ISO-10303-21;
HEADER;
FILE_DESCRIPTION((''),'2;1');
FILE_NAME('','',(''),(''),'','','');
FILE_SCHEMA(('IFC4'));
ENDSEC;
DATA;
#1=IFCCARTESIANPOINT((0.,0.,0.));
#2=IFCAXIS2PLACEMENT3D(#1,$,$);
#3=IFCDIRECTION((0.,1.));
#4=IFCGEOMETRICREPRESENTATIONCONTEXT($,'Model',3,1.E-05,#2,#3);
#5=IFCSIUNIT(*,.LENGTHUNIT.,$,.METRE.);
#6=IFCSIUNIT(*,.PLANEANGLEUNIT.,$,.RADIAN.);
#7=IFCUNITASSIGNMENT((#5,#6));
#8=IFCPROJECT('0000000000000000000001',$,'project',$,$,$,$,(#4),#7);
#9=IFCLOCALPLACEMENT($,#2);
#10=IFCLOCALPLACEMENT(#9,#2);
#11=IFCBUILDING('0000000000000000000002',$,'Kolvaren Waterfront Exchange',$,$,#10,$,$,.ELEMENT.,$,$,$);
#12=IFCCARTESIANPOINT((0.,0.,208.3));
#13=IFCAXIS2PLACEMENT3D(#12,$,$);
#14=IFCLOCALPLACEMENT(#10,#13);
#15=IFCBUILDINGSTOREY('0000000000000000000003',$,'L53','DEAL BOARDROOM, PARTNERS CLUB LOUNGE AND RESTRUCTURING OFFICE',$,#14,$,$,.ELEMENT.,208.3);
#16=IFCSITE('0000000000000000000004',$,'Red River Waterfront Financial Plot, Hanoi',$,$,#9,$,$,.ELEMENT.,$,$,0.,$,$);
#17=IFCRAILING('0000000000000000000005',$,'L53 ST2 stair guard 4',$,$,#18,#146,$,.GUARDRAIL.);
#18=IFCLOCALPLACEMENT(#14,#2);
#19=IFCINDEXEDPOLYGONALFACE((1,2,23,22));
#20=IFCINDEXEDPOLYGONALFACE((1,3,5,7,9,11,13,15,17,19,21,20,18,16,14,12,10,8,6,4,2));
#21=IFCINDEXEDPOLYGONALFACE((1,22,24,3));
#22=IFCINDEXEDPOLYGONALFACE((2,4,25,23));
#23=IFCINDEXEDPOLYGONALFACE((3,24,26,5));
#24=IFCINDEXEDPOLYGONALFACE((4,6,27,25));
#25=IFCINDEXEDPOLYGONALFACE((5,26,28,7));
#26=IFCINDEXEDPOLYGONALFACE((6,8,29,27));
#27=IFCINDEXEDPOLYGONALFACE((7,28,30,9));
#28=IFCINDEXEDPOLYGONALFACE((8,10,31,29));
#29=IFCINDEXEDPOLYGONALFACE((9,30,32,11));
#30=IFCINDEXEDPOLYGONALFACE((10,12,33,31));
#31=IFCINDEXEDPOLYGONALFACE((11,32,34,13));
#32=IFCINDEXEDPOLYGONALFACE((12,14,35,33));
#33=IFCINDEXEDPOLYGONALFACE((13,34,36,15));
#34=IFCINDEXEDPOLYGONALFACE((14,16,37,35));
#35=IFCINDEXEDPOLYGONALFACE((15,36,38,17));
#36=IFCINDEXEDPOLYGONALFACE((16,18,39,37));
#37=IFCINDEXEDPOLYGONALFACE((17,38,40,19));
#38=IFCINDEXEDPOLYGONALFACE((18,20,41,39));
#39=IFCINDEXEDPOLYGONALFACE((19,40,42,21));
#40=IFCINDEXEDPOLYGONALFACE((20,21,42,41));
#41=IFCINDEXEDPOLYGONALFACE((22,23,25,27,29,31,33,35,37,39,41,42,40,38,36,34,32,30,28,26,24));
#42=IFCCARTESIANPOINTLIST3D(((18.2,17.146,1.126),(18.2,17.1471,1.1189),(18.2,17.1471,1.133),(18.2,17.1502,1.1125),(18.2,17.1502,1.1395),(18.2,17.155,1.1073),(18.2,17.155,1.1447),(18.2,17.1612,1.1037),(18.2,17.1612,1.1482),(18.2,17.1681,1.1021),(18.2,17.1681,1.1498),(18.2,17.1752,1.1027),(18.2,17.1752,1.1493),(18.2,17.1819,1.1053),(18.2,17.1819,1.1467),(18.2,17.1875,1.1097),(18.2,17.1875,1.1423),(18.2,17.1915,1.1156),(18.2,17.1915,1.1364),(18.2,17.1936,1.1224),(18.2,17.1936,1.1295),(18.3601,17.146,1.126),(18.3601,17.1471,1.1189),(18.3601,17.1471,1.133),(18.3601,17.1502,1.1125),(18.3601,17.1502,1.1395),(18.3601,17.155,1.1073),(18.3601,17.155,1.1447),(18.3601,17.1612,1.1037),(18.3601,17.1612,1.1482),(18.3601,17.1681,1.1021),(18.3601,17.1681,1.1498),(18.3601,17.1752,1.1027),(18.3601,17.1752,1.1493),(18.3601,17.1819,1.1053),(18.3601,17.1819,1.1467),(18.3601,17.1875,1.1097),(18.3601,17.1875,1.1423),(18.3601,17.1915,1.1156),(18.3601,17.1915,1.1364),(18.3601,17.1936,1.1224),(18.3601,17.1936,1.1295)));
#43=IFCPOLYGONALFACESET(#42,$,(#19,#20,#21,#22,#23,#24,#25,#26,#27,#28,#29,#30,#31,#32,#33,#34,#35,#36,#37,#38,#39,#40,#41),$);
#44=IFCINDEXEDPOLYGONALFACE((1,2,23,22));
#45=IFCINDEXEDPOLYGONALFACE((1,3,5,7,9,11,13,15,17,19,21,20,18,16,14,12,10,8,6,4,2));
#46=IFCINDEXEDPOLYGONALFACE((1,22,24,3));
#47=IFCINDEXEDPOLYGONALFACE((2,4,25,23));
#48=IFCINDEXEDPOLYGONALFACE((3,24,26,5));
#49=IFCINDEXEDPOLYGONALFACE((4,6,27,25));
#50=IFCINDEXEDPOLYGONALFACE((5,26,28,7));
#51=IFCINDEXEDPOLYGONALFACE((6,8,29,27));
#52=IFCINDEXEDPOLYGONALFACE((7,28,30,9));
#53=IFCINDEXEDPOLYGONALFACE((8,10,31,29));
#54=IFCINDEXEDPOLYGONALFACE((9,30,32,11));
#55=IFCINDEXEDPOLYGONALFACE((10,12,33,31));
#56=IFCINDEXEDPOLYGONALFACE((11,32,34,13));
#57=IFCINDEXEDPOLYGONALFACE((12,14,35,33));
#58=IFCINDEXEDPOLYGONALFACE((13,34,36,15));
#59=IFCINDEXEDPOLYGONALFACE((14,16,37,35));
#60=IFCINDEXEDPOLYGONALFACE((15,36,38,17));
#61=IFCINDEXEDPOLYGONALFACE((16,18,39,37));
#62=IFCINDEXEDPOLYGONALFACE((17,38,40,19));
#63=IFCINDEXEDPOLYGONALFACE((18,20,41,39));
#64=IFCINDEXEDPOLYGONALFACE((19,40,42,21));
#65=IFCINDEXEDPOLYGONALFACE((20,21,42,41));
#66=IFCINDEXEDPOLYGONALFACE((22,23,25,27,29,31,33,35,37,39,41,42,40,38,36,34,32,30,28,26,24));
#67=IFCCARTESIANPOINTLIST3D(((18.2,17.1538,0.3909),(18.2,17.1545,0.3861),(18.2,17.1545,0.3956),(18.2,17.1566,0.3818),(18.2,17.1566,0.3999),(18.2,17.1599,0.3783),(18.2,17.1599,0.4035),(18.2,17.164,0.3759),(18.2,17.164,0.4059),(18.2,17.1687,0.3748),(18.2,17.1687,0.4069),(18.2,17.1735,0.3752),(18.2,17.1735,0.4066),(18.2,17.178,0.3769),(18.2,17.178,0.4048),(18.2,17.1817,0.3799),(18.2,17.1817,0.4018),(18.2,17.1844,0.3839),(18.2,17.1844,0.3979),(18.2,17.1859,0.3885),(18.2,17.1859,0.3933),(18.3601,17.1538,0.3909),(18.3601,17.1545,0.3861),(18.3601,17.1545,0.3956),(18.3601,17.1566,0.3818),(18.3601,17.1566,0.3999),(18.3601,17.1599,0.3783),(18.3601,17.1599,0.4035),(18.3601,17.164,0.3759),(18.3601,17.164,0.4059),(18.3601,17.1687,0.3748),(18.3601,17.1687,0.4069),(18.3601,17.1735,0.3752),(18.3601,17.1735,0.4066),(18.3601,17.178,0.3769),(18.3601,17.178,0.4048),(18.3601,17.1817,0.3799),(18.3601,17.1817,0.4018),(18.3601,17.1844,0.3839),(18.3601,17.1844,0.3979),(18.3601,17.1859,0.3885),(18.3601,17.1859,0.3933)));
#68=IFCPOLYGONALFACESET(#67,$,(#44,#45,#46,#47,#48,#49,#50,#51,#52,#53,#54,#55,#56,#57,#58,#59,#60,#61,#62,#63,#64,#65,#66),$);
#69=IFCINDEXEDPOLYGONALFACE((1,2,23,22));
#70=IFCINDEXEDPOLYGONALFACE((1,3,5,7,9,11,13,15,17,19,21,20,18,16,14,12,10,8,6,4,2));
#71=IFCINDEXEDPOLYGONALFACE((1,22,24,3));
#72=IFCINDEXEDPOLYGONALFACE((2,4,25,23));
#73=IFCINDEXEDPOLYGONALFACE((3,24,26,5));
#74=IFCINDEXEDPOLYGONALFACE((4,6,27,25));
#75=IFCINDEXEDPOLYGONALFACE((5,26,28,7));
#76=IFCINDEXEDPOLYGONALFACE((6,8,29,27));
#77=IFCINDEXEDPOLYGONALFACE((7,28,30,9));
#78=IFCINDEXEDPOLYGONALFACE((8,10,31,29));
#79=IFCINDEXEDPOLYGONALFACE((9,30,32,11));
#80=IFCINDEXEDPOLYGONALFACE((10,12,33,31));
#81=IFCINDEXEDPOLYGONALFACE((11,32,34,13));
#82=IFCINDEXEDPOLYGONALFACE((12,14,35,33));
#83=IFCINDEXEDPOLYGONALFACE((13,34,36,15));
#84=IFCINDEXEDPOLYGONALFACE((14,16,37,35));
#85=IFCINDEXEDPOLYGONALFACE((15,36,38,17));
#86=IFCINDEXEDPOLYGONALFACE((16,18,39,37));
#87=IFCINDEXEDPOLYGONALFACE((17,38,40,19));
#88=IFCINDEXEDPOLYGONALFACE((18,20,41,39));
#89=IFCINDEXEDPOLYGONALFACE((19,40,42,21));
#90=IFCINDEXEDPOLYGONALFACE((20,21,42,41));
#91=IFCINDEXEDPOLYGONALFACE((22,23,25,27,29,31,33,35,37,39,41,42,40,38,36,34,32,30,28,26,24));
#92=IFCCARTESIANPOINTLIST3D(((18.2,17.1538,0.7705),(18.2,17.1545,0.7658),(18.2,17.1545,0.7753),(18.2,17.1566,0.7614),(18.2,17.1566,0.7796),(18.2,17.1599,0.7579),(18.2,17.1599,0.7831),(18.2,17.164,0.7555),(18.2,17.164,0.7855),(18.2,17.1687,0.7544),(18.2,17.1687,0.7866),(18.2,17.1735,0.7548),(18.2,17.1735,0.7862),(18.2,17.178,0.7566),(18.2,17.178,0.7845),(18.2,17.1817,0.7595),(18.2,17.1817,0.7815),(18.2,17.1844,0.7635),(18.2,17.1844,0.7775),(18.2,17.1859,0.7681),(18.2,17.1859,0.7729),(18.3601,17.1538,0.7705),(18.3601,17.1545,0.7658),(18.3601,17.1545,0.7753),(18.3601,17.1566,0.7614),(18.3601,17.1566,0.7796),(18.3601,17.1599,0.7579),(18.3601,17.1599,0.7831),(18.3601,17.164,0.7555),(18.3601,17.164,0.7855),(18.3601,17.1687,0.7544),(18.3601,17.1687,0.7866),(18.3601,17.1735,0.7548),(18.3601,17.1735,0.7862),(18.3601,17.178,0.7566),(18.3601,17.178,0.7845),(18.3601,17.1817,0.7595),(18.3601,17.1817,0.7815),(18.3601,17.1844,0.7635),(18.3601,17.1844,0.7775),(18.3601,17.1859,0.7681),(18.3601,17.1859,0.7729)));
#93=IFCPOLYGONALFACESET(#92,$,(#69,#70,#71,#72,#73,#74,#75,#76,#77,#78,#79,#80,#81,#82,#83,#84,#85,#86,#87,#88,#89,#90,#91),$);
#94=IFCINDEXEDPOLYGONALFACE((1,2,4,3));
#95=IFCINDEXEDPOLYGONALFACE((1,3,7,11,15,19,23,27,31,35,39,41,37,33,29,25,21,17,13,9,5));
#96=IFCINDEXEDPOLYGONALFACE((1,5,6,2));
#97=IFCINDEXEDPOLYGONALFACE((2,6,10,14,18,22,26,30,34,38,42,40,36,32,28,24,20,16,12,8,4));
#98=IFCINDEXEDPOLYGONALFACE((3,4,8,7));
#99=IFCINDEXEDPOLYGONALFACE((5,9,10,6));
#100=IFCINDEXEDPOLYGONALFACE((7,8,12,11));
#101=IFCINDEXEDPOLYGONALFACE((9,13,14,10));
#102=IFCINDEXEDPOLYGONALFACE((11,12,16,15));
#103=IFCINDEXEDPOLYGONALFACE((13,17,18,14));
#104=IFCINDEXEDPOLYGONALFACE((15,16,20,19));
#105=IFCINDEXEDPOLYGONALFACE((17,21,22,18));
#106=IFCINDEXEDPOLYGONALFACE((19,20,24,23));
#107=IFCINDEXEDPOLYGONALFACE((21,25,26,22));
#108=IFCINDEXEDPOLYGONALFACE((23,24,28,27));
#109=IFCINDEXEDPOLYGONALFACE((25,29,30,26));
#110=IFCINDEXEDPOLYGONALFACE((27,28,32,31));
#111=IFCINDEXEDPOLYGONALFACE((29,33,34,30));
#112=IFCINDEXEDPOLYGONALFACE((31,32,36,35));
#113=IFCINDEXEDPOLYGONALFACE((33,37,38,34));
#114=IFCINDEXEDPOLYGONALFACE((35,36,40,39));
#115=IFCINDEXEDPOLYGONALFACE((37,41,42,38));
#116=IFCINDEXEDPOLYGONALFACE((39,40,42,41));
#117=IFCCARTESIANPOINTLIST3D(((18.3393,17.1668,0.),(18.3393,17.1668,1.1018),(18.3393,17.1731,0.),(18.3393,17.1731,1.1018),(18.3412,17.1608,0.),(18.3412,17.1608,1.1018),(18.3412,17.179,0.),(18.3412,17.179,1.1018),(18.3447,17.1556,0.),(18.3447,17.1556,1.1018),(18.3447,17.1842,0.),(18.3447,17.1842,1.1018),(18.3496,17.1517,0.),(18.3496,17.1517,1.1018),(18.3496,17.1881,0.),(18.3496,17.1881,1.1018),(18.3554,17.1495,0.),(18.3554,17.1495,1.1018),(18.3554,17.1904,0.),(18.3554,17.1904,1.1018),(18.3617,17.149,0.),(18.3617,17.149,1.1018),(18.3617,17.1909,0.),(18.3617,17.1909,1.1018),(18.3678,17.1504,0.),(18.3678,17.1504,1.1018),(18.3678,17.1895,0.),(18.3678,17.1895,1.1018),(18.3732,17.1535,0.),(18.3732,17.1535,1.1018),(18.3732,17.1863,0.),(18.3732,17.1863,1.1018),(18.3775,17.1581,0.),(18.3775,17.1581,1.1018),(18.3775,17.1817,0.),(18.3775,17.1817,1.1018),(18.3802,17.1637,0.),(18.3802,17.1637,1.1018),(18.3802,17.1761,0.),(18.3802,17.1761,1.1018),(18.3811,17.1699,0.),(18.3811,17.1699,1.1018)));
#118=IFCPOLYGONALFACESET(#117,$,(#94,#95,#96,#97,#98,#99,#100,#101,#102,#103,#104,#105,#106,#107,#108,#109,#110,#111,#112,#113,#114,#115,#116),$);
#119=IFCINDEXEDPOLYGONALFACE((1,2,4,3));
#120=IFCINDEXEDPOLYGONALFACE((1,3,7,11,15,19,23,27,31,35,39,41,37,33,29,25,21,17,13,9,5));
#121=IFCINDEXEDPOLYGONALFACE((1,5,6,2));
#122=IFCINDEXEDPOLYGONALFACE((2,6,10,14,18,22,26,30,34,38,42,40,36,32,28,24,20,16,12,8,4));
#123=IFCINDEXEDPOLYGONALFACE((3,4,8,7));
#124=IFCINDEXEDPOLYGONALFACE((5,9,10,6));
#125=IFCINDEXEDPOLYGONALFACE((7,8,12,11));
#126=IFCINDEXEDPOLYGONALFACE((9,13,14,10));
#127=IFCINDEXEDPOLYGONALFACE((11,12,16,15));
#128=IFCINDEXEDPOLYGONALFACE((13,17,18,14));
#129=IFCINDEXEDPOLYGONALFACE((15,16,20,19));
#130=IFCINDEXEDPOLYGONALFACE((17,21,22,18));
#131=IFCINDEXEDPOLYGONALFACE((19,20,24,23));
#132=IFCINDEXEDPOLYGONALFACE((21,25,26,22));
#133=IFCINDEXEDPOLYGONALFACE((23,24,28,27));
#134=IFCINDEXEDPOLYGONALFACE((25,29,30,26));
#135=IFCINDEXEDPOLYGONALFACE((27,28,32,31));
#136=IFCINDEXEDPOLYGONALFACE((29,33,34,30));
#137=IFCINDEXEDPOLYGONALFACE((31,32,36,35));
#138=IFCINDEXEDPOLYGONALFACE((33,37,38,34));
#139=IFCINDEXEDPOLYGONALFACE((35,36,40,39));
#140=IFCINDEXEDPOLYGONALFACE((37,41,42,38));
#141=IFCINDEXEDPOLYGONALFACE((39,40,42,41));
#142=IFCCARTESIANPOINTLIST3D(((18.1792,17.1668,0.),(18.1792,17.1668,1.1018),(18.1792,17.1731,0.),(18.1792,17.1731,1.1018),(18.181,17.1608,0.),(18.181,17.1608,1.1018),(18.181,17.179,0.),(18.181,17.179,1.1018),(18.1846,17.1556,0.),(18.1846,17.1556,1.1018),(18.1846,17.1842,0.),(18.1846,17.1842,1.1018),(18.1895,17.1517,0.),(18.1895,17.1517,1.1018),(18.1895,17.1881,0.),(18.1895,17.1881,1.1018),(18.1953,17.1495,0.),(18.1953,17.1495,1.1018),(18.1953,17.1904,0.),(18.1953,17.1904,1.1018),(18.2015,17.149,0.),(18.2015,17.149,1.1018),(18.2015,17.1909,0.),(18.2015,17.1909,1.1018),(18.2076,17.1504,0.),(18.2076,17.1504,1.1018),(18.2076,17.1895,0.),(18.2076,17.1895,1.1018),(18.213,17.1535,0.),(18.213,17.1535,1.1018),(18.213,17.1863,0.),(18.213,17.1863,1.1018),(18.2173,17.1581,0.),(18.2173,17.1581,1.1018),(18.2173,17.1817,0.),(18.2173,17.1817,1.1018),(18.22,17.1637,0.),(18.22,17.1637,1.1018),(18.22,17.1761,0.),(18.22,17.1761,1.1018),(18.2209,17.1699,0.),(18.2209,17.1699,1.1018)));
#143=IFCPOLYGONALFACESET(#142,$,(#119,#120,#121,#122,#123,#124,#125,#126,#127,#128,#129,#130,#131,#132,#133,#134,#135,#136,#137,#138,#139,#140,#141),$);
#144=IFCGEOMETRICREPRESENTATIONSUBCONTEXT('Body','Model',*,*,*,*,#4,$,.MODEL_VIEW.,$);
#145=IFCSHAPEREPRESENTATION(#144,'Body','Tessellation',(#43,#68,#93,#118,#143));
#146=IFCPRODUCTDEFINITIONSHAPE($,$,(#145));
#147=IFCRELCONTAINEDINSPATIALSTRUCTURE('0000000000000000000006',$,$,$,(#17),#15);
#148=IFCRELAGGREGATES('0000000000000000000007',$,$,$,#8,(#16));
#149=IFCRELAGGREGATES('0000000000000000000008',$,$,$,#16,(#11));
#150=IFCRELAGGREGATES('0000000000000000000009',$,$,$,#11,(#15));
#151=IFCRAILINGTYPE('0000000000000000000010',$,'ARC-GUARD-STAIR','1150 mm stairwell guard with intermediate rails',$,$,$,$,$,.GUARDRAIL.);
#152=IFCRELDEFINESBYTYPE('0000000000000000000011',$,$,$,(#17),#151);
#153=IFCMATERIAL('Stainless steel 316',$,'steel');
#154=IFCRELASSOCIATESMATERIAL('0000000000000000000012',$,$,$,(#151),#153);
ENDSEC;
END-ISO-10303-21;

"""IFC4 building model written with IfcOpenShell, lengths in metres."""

from ifc_helpers import new_model, si_unit, direction, frame, origin, origin_2d, place, context, subcontext, project, spatial, circle, extrude, material, type_object, element, save


model = new_model("IFC4")

# Units and contexts
model_context = context("Model", 3, precision=1e-05, world=origin(), true_north=direction((0.0, 1.0)))
body_context = subcontext(model_context, "Body", "Model", "MODEL_VIEW")
ifc_project = project(units=[si_unit("LENGTHUNIT", "METRE"), si_unit("PLANEANGLEUNIT", "RADIAN")], contexts=[model_context])

# Site, building, storey
site_placement = place(None, origin())
site = spatial("IfcSite", under=ifc_project, at=site_placement, Name="Red River Waterfront Financial Plot, Hanoi", CompositionType="ELEMENT", RefElevation=0.0)
building_placement = place(site_placement, origin())
building = spatial("IfcBuilding", under=site, at=building_placement, Name="Kolvaren Waterfront Exchange", CompositionType="ELEMENT")
storey_placement = place(building_placement, frame((0.0, 0.0, 208.3)))
storey = spatial("IfcBuildingStorey", under=building, at=storey_placement, Name="L53", Description="DEAL BOARDROOM, PARTNERS CLUB LOUNGE AND RESTRUCTURING OFFICE", CompositionType="ELEMENT", Elevation=208.3)

# Railing
ifc_material_1 = material(Name="Stainless steel 316", Category="steel")
railing_type_1 = type_object("IfcRailingType", Name="ARC-GUARD-STAIR", Description="1150 mm stairwell guard with intermediate rails", PredefinedType="GUARDRAIL", material=ifc_material_1)
railing_1_placement = place(storey_placement, frame((18.3601, 17.1699, 0.0)))
element("IfcRailing", 1, at=railing_1_placement, inside=storey, type_object=railing_type_1, Name="L53 ST2 stair guard 4", PredefinedType="GUARDRAIL", context=body_context, shape_type="SweptSolid", body=[
    extrude(circle(Radius=0.0239, at=origin_2d()), frame((0.0, 0.0, 1.126), z_axis=(-1.0, 0.0, 0.0), x_axis=(0.0, -1.0, 0.0)), (0.0, 0.0, 1.0), 0.1602),
    extrude(circle(Radius=0.0161, at=origin_2d()), frame((0.0, 0.0, 0.3909), z_axis=(-1.0, 0.0, 0.0), x_axis=(0.0, -1.0, 0.0)), (0.0, 0.0, 1.0), 0.1602),
    extrude(circle(Radius=0.0161, at=origin_2d()), frame((0.0, 0.0, 0.7705), z_axis=(-1.0, 0.0, 0.0), x_axis=(0.0, -1.0, 0.0)), (0.0, 0.0, 1.0), 0.1602),
    extrude(circle(Radius=0.021, at=origin_2d()), origin(), (0.0, 0.0, 1.0), 1.1018),
    extrude(circle(Radius=0.021, at=origin_2d()), frame((-0.1602, 0.0, 0.0)), (0.0, 0.0, 1.0), 1.1018),
])

save(model, "model.ifc")
